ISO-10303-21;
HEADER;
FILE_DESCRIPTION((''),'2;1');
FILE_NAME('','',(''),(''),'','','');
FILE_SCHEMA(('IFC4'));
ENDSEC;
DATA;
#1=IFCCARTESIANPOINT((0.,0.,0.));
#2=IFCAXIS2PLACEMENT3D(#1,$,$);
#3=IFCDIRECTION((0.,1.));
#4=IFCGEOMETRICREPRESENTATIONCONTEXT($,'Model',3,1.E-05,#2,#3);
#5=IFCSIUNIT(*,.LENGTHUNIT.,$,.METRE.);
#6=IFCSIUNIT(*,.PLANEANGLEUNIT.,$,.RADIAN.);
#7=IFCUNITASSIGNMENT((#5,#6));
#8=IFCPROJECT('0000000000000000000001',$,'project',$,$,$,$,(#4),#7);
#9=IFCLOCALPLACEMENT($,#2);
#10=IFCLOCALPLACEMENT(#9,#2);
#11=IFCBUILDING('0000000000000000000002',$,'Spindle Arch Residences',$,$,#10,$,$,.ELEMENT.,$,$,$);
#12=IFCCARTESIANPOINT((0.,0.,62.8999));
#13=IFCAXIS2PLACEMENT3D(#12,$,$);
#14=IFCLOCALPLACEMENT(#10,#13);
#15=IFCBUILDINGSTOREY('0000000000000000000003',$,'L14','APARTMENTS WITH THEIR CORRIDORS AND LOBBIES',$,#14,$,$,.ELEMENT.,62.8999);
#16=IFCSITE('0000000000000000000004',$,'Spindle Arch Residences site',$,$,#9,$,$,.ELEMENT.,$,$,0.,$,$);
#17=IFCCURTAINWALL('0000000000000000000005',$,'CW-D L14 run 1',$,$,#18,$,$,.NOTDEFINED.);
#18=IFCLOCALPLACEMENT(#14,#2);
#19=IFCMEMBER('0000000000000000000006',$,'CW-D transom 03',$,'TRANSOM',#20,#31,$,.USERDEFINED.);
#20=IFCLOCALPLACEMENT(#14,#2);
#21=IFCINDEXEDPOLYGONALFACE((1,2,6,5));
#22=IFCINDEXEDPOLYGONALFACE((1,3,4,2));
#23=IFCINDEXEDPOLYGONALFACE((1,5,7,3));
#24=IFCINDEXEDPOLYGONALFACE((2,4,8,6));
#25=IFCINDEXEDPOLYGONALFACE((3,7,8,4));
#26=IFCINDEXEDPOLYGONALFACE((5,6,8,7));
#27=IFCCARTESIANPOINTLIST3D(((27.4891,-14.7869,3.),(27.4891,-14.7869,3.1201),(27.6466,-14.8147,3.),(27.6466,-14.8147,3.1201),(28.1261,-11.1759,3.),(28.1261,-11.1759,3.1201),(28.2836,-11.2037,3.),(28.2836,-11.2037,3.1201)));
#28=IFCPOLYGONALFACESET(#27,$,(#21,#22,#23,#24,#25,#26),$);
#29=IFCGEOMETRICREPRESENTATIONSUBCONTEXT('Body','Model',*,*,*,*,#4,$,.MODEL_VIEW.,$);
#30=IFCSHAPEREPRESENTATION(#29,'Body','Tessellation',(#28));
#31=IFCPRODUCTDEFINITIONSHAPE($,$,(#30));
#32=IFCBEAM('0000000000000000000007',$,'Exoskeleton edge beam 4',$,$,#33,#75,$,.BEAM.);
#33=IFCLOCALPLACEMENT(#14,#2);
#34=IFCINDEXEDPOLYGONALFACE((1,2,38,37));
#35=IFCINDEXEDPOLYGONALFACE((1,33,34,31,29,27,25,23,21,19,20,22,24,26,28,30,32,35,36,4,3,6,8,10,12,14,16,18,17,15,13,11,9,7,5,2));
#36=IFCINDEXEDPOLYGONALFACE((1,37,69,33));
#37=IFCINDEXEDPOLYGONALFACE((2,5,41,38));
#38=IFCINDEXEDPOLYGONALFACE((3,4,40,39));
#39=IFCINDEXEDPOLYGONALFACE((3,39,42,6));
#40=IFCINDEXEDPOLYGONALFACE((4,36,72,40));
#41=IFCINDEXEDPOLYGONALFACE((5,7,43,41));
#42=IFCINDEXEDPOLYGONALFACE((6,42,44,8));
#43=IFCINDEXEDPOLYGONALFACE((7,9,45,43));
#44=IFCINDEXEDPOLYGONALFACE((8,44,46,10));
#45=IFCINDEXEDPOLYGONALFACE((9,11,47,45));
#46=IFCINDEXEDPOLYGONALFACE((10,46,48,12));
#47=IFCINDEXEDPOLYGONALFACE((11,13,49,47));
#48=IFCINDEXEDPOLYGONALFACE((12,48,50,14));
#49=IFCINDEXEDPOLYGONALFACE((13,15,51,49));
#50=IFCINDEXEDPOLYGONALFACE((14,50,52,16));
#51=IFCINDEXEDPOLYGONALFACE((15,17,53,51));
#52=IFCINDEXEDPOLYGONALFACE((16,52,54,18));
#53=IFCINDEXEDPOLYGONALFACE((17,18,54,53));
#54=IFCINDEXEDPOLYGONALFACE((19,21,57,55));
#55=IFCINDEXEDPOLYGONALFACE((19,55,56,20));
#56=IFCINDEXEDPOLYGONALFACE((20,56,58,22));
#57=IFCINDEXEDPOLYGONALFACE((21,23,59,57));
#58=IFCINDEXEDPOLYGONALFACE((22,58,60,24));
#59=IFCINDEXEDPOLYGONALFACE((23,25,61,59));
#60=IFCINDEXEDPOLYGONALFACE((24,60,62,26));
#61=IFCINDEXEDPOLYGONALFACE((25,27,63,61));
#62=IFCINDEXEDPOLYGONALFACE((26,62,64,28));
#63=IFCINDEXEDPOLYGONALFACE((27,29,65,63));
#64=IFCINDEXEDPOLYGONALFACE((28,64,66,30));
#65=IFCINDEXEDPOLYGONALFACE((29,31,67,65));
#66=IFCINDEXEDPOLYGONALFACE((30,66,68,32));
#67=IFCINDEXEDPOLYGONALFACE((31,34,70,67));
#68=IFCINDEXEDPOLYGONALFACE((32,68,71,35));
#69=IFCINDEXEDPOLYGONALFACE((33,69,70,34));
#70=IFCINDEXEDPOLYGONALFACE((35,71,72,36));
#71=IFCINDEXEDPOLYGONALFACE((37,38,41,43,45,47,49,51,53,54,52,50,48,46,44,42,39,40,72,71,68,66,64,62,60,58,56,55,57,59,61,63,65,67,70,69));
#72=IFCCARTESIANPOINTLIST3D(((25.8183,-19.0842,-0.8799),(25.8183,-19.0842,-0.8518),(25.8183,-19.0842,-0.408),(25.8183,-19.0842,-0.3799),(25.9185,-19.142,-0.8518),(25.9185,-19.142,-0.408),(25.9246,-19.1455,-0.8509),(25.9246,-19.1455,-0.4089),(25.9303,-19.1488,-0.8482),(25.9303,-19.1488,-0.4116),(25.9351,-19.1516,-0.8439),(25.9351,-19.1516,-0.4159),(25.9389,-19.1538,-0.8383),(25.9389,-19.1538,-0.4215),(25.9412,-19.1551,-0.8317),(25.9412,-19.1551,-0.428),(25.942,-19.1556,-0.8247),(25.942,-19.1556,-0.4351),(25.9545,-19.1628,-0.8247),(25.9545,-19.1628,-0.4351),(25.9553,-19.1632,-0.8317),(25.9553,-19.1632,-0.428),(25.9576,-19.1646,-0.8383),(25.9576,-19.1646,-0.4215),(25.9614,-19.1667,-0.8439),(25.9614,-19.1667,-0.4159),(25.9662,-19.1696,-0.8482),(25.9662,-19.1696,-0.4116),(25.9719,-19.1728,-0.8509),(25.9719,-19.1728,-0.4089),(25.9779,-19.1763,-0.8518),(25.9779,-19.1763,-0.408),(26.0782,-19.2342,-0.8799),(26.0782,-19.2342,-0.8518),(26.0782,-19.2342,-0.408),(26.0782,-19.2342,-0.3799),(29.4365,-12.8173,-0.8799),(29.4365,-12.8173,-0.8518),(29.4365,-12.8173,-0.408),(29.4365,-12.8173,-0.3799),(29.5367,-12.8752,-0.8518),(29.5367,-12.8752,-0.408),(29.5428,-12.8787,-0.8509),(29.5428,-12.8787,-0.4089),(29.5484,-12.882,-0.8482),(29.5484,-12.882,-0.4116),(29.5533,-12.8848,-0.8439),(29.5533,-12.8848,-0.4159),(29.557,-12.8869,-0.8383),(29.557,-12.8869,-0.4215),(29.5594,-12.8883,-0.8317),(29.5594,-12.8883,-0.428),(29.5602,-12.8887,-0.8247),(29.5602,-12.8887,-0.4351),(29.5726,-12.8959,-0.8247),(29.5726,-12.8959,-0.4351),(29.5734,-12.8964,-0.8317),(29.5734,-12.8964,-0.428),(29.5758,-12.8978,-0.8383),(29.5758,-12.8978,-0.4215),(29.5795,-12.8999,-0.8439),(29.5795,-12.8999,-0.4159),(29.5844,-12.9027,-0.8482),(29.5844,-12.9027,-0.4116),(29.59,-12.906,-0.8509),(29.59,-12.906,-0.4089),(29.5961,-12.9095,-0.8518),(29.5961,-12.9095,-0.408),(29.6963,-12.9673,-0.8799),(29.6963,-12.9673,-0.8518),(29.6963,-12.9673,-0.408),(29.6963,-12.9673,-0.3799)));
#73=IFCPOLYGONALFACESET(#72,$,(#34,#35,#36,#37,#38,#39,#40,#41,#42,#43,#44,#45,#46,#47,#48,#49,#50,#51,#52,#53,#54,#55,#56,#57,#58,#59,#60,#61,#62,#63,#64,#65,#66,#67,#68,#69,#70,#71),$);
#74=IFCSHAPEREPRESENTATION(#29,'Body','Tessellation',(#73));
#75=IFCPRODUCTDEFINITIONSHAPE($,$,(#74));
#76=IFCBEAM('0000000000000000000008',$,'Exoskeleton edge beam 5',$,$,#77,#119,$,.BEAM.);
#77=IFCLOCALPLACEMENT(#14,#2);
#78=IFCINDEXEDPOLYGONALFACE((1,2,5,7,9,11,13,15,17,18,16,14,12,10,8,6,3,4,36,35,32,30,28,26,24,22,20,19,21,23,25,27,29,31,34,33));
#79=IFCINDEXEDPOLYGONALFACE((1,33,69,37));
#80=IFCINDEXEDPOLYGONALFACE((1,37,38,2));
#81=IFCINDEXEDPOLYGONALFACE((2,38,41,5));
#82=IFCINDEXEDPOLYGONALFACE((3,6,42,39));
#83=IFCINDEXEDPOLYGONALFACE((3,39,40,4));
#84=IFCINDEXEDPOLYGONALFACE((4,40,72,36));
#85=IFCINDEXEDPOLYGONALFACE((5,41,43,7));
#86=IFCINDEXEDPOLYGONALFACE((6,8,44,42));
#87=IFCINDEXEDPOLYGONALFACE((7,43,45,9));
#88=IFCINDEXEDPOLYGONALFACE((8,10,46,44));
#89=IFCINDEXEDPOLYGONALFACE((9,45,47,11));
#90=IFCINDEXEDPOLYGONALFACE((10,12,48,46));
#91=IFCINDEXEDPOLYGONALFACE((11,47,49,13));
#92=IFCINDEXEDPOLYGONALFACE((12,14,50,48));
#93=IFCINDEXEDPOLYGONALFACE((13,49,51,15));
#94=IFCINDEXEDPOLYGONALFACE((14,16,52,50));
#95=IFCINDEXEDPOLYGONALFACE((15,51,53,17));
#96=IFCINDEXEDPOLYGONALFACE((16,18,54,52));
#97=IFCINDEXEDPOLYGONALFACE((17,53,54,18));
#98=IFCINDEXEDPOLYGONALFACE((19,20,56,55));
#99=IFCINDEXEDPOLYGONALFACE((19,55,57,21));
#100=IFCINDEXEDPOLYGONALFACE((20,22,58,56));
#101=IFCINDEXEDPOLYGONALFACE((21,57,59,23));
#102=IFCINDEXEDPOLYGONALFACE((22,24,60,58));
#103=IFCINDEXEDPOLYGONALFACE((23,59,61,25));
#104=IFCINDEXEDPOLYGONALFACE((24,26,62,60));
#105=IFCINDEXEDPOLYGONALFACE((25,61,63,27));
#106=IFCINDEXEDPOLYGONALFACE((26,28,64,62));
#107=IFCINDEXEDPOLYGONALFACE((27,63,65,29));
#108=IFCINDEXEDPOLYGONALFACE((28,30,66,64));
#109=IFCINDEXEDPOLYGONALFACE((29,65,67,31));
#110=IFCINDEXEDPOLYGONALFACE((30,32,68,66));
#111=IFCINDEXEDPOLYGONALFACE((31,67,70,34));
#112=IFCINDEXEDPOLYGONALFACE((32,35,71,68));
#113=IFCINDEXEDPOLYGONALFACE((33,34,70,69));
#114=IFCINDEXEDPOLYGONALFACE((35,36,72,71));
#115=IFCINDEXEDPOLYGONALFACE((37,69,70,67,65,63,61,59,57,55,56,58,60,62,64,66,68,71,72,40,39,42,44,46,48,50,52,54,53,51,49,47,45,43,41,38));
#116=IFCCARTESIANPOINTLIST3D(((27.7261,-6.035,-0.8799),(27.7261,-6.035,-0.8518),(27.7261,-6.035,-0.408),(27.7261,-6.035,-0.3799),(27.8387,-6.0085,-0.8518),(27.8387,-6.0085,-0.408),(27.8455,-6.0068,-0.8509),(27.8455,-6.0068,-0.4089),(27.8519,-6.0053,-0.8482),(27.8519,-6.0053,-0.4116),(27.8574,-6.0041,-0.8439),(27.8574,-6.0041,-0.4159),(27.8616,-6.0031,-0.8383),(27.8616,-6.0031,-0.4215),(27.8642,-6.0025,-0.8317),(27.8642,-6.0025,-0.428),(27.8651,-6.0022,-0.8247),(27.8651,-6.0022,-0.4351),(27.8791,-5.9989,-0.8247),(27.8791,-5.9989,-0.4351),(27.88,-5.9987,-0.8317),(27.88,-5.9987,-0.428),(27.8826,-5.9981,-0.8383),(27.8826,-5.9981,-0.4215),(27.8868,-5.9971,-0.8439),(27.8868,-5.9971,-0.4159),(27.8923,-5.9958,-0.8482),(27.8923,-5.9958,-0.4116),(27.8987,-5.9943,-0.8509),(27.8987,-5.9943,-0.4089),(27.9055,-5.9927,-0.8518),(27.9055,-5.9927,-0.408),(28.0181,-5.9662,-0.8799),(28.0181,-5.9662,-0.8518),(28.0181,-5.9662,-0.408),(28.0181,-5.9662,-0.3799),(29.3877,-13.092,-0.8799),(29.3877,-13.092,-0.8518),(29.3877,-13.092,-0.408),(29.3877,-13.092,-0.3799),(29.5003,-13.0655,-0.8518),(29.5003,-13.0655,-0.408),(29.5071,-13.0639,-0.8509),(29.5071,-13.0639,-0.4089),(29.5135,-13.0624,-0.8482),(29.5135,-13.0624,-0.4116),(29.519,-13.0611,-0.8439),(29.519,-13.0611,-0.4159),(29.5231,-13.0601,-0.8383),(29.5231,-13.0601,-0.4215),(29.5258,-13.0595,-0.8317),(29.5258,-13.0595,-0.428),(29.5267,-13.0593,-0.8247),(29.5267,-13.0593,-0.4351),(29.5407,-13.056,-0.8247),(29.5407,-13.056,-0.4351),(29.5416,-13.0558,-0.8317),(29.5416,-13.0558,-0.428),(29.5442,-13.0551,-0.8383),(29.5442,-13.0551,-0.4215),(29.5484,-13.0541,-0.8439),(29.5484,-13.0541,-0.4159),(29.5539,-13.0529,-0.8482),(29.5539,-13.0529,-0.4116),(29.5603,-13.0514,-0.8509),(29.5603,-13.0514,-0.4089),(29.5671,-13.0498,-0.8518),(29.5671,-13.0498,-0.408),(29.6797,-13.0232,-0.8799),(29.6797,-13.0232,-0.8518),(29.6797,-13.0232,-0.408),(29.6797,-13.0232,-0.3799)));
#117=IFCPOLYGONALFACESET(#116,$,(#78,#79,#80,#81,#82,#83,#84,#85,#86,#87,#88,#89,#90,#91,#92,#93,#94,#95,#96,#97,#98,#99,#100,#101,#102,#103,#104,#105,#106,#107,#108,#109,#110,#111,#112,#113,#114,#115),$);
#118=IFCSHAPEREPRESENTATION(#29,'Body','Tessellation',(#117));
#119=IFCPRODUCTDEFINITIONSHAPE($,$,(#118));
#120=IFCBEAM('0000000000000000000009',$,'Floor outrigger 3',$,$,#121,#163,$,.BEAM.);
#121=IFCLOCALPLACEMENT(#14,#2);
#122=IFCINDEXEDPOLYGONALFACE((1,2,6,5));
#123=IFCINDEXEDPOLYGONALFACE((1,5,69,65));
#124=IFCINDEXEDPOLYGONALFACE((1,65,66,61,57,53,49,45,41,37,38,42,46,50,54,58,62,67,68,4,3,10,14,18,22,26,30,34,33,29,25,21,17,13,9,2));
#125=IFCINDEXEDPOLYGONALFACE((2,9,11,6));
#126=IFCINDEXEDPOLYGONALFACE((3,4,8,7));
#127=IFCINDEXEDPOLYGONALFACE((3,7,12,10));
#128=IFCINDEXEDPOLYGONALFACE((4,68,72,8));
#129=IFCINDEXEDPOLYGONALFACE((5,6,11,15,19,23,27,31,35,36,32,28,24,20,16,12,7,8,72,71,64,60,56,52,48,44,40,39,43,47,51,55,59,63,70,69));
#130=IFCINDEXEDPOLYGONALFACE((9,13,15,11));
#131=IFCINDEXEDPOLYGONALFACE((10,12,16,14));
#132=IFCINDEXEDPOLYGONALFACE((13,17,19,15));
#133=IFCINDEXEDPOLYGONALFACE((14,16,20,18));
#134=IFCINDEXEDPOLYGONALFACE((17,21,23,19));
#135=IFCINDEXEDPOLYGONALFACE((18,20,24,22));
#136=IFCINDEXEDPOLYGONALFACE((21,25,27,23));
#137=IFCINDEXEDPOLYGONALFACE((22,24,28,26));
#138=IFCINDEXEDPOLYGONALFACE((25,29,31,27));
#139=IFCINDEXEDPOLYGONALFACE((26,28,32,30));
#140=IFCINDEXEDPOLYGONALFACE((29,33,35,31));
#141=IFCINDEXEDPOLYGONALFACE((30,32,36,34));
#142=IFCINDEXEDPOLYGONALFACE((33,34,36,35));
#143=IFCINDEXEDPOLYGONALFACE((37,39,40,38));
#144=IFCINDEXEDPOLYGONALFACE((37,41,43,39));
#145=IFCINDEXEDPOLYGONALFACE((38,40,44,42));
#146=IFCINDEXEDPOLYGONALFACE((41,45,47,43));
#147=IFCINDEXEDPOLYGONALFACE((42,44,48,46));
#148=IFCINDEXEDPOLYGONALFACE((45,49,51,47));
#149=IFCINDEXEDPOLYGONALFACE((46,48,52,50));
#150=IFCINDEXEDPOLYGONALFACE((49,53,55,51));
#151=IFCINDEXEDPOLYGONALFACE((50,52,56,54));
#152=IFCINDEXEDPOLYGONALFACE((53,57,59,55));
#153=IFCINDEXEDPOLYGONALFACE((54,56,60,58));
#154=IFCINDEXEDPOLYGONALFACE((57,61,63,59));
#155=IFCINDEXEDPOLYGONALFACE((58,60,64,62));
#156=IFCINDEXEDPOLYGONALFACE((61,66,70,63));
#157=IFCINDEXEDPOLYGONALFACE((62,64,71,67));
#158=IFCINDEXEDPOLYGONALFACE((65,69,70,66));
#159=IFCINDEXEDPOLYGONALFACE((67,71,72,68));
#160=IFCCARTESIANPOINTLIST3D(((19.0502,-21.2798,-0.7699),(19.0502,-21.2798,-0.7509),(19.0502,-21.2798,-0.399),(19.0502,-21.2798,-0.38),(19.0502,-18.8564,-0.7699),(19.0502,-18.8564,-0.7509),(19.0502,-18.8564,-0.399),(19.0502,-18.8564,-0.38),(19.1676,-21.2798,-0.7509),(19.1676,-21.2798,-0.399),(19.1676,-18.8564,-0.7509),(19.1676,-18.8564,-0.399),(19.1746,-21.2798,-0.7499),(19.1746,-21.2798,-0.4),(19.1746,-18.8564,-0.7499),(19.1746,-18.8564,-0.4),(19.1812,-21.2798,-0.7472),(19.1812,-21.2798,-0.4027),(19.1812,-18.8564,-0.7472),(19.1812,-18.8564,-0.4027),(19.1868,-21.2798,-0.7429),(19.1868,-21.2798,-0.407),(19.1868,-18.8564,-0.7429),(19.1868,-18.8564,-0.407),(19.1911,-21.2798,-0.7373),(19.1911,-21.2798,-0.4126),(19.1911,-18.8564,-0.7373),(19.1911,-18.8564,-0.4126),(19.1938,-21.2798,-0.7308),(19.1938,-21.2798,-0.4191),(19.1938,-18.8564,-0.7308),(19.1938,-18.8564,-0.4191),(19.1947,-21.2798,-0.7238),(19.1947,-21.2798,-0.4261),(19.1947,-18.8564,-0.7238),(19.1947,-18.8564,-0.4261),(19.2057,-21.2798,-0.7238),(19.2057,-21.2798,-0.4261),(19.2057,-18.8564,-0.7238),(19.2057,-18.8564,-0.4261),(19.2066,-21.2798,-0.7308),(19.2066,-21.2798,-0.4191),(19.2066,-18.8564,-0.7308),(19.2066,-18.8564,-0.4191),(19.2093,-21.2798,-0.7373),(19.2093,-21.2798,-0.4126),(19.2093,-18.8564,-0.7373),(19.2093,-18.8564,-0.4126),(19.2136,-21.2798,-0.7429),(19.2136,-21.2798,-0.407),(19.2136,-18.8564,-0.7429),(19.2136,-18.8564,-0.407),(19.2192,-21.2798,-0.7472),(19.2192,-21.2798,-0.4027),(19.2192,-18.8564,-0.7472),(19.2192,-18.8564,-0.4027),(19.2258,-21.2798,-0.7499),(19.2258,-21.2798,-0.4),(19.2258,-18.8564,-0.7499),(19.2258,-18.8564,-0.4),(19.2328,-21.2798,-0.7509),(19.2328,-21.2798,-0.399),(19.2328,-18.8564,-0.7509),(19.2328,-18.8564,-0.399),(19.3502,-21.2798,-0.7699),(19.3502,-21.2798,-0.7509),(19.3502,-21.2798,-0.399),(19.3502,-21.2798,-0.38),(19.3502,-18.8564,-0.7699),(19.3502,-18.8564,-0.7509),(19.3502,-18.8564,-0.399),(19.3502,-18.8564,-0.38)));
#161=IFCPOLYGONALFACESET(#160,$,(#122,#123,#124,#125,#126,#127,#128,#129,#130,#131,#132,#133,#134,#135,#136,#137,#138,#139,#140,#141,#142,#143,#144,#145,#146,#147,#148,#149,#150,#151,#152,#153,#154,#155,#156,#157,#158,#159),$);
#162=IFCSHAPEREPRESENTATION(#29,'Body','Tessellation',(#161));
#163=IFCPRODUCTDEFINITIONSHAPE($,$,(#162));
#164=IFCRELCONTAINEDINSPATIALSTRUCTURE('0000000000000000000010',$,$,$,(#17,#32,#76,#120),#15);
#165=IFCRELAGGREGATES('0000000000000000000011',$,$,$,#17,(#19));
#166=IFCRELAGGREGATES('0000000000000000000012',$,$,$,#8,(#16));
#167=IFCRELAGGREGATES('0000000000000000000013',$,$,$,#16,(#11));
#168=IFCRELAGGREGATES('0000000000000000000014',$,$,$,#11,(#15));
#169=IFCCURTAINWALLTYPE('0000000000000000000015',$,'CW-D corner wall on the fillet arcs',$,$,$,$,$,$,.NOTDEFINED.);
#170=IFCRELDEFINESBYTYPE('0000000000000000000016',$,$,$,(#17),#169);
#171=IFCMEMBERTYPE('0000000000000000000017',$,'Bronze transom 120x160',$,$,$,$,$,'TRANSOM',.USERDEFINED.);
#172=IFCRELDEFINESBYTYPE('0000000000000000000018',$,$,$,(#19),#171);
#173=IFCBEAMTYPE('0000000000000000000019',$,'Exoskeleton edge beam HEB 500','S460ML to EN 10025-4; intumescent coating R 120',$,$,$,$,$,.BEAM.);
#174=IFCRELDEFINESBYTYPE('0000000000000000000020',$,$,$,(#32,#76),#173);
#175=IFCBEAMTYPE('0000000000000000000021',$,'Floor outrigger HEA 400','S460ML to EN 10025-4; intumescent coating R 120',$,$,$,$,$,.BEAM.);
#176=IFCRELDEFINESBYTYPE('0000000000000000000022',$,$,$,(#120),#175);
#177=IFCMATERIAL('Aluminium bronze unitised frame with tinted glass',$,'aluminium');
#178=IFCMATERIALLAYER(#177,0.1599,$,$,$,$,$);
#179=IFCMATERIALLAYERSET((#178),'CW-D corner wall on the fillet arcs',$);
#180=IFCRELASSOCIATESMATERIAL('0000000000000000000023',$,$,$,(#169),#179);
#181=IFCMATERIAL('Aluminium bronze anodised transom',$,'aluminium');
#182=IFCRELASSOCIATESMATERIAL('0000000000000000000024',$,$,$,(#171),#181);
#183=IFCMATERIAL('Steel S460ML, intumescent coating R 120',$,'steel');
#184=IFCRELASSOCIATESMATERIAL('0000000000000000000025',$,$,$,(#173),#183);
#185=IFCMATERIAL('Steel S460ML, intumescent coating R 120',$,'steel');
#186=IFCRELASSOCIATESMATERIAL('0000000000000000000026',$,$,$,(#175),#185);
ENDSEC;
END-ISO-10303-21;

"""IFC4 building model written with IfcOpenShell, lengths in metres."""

from ifc_helpers import new_model, si_unit, direction, frame, origin, origin_2d, place, context, subcontext, project, spatial, rectangle, i_section, extrude, material, layer, layer_set, material_profile, profile_set, type_object, element, aggregate, save


model = new_model("IFC4")

# Units and contexts
model_context = context("Model", 3, precision=1e-05, world=origin(), true_north=direction((0.0, 1.0)))
body_context = subcontext(model_context, "Body", "Model", "MODEL_VIEW")
ifc_project = project(units=[si_unit("LENGTHUNIT", "METRE"), si_unit("PLANEANGLEUNIT", "RADIAN")], contexts=[model_context])

# Site, building, storey
site_placement = place(None, origin())
site = spatial("IfcSite", under=ifc_project, at=site_placement, Name="Spindle Arch Residences site", CompositionType="ELEMENT", RefElevation=0.0)
building_placement = place(site_placement, origin())
building = spatial("IfcBuilding", under=site, at=building_placement, Name="Spindle Arch Residences", CompositionType="ELEMENT")
storey_placement = place(building_placement, frame((0.0, 0.0, 62.8999)))
storey = spatial("IfcBuildingStorey", under=building, at=storey_placement, Name="L14", Description="APARTMENTS WITH THEIR CORRIDORS AND LOBBIES", CompositionType="ELEMENT", Elevation=62.8999)

# Curtain wall, member
ifc_material_1 = material(Name="Aluminium bronze unitised frame with tinted glass", Category="aluminium")
ifc_layer_1 = layer(ifc_material_1, 0.1599)
ifc_layer_set_1 = layer_set([ifc_layer_1], Name="CW-D corner wall on the fillet arcs")
curtain_wall_type = type_object("IfcCurtainWallType", Name="CW-D corner wall on the fillet arcs", PredefinedType="NOTDEFINED", material=ifc_layer_set_1)
curtain_wall_placement = place(storey_placement, origin())
curtain_wall = element("IfcCurtainWall", 1, at=curtain_wall_placement, inside=storey, type_object=curtain_wall_type, Name="CW-D L14 run 1", PredefinedType="NOTDEFINED")
ifc_material_2 = material(Name="Aluminium bronze anodised transom", Category="aluminium")
ifc_material_profile_1 = material_profile(ifc_material_2, rectangle(XDim=0.1599, YDim=0.1201, at=origin_2d()), Name="TR 120x160")
ifc_profile_set_1 = profile_set([ifc_material_profile_1], Name="Aluminium bronze anodised transom")
member_type_1 = type_object("IfcMemberType", Name="Bronze transom 120x160", ElementType="TRANSOM", PredefinedType="USERDEFINED", material=ifc_profile_set_1)
member_1_placement = place(storey_placement, frame((27.5679, -14.8008, 3.0601), z_axis=(0.173709, 0.984797, 0.0), x_axis=(-0.984797, 0.173709, 0.0)))
member_1 = element("IfcMember", 2, at=member_1_placement, type_object=member_type_1, Name="CW-D transom 03", ObjectType="TRANSOM", PredefinedType="USERDEFINED", context=body_context, shape_type="SweptSolid", body=[
    extrude(rectangle(XDim=0.1599, YDim=0.1201, at=origin_2d()), origin(), (0.0, 0.0, 1.0), 3.6667),
])

# Beams
ifc_material_3 = material(Name="Steel S460ML, intumescent coating R 120", Category="steel")
ifc_material_profile_2 = material_profile(ifc_material_3, i_section(OverallWidth=0.3, OverallDepth=0.5, WebThickness=0.0144, FlangeThickness=0.0281, FilletRadius=0.0271, at=origin_2d()), Name="HEB 500")
ifc_profile_set_2 = profile_set([ifc_material_profile_2], Name="Steel S460ML, intumescent coating R 120")
beam_type_1 = type_object("IfcBeamType", Name="Exoskeleton edge beam HEB 500", Description="S460ML to EN 10025-4; intumescent coating R 120", PredefinedType="BEAM", material=ifc_profile_set_2)
beam_1_placement = place(storey_placement, frame((25.9482, -19.1592, -0.6299), z_axis=(0.5, 0.866025, 0.0), x_axis=(-0.866025, 0.5, 0.0)))
element("IfcBeam", 3, at=beam_1_placement, inside=storey, type_object=beam_type_1, Name="Exoskeleton edge beam 4", PredefinedType="BEAM", context=body_context, shape_type="SweptSolid", body=[
    extrude(i_section(OverallWidth=0.3, OverallDepth=0.5, WebThickness=0.0144, FlangeThickness=0.0281, FilletRadius=0.0271, at=origin_2d()), origin(), (0.0, 0.0, 1.0), 7.2363),
])
beam_2_placement = place(storey_placement, frame((29.5337, -13.0576, -0.6299), z_axis=(-0.229186, 0.973383, 0.0), x_axis=(-0.973383, -0.229186, 0.0)))
element("IfcBeam", 4, at=beam_2_placement, inside=storey, type_object=beam_type_1, Name="Exoskeleton edge beam 5", PredefinedType="BEAM", context=body_context, shape_type="SweptSolid", body=[
    extrude(i_section(OverallWidth=0.3, OverallDepth=0.5, WebThickness=0.0144, FlangeThickness=0.0281, FilletRadius=0.0271, at=origin_2d()), origin(), (0.0, 0.0, 1.0), 7.25),
])
ifc_material_4 = material(Name="Steel S460ML, intumescent coating R 120", Category="steel")
ifc_material_profile_3 = material_profile(ifc_material_4, i_section(OverallWidth=0.3, OverallDepth=0.3899, WebThickness=0.011, FlangeThickness=0.019, FilletRadius=0.0271, at=origin_2d()), Name="HEA 400")
ifc_profile_set_3 = profile_set([ifc_material_profile_3], Name="Steel S460ML, intumescent coating R 120")
beam_type_2 = type_object("IfcBeamType", Name="Floor outrigger HEA 400", Description="S460ML to EN 10025-4; intumescent coating R 120", PredefinedType="BEAM", material=ifc_profile_set_3)
beam_3_placement = place(storey_placement, frame((19.2002, -21.2798, -0.575), z_axis=(0.0, 1.0, 0.0), x_axis=(-1.0, 0.0, 0.0)))
element("IfcBeam", 5, at=beam_3_placement, inside=storey, type_object=beam_type_2, Name="Floor outrigger 3", PredefinedType="BEAM", context=body_context, shape_type="SweptSolid", body=[
    extrude(i_section(OverallWidth=0.3, OverallDepth=0.3899, WebThickness=0.011, FlangeThickness=0.019, FilletRadius=0.0271, at=origin_2d()), origin(), (0.0, 0.0, 1.0), 2.4233),
])

aggregate(curtain_wall, [member_1])

save(model, "model.ifc")
